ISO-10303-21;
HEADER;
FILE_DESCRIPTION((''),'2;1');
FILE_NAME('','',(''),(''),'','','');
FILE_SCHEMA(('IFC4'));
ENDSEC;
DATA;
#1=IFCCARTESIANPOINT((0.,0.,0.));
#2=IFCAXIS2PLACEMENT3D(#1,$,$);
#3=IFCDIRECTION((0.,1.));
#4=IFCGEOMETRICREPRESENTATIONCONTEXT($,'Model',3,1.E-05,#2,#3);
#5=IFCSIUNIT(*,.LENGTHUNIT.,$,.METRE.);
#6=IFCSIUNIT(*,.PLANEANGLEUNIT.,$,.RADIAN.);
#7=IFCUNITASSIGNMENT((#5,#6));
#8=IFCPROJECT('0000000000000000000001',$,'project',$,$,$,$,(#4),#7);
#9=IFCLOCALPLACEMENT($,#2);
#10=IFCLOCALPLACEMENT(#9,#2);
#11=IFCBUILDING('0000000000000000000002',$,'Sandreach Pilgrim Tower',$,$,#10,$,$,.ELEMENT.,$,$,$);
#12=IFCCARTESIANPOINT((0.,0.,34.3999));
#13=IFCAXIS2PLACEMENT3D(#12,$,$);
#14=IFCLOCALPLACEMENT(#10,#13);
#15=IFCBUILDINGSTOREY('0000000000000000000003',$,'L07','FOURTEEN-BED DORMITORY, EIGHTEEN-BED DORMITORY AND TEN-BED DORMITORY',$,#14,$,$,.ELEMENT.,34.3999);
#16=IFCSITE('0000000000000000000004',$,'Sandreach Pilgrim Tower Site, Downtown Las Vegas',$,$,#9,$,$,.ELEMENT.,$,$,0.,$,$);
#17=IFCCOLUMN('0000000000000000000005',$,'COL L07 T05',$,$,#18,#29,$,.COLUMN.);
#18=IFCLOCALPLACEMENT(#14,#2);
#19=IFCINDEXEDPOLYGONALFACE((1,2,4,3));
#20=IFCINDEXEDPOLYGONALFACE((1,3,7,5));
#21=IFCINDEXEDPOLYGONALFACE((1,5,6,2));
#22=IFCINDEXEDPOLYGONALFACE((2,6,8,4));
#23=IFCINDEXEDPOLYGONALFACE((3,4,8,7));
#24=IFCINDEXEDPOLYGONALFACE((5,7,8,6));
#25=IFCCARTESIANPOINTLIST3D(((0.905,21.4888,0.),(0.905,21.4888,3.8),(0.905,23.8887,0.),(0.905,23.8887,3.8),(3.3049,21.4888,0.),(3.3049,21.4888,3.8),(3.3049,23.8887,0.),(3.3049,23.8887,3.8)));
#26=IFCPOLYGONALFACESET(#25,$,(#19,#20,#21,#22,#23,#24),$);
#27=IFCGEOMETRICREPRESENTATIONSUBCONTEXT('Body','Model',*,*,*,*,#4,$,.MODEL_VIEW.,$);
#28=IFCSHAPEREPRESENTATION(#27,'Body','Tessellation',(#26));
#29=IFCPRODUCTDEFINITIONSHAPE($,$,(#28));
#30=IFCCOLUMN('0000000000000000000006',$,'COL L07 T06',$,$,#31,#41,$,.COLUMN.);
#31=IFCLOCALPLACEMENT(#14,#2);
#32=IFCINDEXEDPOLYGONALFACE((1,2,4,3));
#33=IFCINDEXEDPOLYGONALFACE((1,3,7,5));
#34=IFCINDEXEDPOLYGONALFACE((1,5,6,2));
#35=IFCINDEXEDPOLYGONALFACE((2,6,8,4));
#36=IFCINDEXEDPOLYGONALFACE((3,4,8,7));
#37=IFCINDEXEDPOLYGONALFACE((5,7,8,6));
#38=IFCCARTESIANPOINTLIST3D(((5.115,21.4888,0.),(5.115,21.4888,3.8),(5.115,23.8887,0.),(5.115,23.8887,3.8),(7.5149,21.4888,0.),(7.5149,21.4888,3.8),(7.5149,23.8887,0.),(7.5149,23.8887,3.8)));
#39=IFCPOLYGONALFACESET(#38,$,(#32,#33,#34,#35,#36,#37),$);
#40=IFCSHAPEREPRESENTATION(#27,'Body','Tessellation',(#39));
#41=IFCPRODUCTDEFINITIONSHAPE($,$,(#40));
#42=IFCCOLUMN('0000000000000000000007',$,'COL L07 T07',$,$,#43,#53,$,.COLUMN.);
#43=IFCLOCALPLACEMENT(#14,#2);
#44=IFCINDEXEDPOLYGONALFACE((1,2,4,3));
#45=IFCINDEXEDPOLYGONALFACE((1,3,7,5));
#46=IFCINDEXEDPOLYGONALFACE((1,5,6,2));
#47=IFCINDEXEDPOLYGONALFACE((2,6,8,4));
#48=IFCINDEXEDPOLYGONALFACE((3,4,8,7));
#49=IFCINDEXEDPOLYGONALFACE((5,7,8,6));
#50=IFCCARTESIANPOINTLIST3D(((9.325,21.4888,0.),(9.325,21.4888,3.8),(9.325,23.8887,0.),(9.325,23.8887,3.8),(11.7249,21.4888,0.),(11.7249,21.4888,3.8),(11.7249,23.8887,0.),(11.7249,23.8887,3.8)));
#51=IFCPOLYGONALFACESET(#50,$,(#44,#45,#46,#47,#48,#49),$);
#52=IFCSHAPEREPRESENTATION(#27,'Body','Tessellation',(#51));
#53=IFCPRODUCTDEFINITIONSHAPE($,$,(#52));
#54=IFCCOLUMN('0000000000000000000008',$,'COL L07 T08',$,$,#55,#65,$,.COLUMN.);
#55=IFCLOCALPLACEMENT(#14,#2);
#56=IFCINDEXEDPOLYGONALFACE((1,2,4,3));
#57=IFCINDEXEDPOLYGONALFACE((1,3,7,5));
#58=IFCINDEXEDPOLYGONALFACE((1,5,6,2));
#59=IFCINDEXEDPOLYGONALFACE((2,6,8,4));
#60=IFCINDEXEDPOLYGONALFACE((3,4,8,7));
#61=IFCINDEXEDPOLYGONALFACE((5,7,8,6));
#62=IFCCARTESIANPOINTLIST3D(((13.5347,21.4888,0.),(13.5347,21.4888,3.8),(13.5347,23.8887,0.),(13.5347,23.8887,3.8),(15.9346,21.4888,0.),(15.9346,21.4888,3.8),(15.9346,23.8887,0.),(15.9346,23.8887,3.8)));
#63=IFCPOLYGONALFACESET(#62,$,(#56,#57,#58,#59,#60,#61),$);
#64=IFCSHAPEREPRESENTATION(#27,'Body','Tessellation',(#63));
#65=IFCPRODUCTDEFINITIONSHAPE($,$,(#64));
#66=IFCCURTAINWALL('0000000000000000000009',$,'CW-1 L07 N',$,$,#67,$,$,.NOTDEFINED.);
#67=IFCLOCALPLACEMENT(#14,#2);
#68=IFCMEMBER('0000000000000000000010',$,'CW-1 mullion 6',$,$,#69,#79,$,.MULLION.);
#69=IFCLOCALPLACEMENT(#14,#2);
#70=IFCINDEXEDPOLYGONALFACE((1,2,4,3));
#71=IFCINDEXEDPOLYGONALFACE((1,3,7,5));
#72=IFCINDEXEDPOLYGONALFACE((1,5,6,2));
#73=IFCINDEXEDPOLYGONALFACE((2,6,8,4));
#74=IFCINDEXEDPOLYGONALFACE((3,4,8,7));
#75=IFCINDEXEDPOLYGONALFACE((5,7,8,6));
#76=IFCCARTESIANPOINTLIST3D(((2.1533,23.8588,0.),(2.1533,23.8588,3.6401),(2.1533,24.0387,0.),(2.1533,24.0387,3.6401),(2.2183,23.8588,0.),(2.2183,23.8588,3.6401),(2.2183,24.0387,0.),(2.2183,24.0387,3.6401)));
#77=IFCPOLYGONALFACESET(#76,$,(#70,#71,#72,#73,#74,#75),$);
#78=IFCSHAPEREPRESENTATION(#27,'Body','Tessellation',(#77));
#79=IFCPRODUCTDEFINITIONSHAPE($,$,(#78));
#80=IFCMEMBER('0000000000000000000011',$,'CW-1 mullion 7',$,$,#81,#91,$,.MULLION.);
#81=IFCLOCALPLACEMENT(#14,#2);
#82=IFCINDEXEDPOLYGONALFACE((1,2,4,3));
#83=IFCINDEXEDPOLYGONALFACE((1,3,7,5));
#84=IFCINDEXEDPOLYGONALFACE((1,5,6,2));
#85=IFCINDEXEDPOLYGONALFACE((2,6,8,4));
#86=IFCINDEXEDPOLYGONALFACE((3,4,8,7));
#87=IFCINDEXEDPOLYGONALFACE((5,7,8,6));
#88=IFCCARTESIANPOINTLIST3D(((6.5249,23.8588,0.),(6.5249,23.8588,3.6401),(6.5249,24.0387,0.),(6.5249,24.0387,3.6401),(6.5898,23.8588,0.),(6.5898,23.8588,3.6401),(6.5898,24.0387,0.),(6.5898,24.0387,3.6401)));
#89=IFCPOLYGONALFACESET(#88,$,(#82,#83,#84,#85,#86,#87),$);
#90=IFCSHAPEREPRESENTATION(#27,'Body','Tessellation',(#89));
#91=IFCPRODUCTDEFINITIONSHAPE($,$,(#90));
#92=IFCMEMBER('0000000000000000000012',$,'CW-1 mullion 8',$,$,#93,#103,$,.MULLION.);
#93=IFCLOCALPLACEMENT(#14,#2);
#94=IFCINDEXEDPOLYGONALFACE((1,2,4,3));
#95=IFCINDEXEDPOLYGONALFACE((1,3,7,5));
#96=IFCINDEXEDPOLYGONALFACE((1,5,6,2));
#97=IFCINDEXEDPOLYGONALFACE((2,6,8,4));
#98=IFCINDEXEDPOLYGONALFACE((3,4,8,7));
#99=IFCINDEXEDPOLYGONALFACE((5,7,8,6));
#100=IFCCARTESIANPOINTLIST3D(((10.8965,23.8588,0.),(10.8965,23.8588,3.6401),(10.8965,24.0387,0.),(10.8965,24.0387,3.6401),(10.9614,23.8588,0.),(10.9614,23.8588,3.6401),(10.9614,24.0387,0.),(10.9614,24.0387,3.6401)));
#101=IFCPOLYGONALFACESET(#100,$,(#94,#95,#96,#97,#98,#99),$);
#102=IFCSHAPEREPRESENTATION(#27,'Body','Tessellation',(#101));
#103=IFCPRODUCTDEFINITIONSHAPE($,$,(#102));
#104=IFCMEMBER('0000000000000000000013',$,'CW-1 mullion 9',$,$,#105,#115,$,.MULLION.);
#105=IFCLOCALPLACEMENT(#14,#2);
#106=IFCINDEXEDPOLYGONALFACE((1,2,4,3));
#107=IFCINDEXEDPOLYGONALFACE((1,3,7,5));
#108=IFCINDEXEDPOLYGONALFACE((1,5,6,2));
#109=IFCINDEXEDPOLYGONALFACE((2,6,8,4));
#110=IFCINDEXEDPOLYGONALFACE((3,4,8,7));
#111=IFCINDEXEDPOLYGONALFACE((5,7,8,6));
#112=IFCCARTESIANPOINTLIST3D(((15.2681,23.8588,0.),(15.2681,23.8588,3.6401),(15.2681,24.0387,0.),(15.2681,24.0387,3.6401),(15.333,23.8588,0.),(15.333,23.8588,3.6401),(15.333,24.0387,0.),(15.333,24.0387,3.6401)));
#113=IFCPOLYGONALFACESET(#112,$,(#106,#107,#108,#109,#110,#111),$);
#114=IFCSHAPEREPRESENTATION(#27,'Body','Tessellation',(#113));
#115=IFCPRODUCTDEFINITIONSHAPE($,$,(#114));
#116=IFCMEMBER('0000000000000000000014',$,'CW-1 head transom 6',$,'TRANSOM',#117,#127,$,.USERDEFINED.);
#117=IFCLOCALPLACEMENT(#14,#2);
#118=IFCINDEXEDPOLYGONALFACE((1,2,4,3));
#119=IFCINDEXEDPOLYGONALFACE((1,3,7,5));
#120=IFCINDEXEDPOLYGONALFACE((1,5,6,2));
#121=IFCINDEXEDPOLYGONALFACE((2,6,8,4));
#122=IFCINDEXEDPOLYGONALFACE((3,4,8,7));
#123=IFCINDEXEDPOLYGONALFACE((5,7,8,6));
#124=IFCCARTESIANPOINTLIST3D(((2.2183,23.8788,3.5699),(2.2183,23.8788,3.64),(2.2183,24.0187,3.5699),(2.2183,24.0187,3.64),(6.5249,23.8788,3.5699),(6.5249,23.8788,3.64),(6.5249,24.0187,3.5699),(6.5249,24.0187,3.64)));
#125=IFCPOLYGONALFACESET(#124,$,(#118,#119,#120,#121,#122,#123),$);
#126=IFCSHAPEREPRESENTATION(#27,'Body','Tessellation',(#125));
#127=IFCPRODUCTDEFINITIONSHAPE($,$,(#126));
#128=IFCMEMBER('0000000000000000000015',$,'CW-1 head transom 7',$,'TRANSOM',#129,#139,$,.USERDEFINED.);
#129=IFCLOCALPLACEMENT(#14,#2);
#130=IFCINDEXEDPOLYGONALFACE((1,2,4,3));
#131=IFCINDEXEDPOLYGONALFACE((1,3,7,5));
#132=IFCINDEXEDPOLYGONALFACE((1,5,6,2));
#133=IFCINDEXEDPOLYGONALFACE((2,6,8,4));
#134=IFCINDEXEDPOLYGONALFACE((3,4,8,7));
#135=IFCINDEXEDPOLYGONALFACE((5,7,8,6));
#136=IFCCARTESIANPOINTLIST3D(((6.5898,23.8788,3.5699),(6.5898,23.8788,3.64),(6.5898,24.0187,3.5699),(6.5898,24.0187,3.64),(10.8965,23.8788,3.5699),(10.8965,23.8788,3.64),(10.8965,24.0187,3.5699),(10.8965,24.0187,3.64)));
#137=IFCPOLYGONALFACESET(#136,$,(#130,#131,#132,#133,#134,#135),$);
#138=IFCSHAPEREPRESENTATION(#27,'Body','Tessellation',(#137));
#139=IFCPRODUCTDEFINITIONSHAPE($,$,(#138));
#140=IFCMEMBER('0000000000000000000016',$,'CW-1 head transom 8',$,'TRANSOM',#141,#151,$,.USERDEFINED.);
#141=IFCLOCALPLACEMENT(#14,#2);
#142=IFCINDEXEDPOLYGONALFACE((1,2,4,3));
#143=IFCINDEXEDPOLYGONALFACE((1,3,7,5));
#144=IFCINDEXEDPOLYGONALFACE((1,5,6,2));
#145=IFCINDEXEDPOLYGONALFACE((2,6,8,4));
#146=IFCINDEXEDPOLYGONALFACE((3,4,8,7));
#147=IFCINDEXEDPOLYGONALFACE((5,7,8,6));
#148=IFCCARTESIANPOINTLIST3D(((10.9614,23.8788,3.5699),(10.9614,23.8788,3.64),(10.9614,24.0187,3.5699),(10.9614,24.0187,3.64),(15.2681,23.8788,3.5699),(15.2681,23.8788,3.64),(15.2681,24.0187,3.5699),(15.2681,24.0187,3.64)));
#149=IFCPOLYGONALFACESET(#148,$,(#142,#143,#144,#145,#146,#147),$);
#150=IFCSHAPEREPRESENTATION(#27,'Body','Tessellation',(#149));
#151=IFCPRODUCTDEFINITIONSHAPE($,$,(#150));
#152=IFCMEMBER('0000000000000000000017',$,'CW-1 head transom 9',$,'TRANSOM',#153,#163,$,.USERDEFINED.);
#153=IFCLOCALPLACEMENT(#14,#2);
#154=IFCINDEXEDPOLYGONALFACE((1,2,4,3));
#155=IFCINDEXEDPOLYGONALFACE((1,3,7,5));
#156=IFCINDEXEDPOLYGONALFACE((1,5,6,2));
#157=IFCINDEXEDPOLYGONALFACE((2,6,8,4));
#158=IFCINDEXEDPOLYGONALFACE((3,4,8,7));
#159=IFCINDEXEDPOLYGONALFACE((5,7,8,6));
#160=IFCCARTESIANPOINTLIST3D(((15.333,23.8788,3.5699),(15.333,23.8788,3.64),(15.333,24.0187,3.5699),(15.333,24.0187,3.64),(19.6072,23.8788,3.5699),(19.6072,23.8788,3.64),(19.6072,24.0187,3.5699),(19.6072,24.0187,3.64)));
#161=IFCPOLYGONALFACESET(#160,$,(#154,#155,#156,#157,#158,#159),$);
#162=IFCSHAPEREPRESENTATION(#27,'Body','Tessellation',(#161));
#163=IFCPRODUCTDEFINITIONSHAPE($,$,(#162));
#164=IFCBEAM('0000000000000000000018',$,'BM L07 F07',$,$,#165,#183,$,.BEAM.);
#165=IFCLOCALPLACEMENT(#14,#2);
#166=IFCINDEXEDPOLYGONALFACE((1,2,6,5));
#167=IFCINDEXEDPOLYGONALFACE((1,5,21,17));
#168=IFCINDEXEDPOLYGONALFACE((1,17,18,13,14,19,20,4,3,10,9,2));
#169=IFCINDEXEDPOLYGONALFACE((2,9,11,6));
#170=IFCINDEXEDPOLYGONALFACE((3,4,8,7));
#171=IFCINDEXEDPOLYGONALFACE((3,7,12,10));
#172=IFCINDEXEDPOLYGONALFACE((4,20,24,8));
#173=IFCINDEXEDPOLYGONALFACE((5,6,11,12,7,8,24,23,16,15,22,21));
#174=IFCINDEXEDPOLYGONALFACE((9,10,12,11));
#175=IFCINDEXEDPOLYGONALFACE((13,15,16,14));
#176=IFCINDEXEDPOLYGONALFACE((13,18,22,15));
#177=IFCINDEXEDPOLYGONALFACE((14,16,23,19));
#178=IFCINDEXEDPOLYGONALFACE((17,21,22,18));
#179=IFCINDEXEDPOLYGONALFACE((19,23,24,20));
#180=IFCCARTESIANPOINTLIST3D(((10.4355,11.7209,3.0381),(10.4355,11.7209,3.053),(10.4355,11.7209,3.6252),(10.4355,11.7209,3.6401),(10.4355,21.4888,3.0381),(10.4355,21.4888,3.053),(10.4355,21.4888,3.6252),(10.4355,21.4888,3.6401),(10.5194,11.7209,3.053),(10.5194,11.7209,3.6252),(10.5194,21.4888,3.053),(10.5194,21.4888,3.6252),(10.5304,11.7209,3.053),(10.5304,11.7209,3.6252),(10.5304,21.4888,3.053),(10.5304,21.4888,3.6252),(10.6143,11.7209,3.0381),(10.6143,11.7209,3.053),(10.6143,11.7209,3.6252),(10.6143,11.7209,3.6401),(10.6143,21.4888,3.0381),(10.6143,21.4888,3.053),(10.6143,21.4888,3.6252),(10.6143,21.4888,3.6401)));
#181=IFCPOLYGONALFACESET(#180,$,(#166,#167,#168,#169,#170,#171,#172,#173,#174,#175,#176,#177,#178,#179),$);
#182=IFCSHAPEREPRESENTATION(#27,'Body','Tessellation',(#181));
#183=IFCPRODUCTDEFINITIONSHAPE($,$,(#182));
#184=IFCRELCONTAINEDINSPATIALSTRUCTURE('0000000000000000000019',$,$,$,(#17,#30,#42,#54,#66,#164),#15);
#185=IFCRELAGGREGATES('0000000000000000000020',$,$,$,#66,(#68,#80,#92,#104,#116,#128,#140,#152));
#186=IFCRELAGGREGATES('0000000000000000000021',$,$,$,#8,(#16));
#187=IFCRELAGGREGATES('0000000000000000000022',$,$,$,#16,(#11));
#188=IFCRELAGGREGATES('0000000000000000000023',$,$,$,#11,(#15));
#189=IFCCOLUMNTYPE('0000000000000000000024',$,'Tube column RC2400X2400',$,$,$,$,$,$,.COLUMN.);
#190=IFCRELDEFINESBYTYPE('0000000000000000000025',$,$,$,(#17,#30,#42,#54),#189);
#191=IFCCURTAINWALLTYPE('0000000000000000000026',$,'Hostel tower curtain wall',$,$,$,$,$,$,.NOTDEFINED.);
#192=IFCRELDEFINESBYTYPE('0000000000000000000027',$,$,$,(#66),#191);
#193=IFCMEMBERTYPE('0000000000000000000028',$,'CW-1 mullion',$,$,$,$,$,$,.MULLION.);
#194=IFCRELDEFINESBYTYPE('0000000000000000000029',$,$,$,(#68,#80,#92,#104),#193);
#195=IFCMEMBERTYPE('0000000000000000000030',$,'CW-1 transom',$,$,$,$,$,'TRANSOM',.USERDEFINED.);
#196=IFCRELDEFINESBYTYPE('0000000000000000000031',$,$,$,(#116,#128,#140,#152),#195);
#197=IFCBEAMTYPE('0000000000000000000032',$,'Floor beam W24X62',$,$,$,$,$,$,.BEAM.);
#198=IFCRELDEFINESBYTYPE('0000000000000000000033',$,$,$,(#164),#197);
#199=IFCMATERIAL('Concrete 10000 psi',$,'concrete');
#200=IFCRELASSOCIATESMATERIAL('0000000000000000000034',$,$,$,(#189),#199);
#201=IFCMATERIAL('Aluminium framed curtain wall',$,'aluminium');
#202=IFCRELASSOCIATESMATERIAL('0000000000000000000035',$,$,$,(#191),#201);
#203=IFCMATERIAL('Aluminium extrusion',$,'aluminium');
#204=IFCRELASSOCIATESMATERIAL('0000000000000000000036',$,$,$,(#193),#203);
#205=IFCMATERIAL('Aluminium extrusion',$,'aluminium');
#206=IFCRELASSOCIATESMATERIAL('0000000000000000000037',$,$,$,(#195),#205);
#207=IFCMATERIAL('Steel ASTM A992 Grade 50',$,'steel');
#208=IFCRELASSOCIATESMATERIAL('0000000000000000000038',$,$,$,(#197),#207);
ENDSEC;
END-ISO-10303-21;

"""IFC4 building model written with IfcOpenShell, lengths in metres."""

from ifc_helpers import new_model, si_unit, direction, frame, origin, origin_2d, place, context, subcontext, project, spatial, rectangle, i_section, extrude, material, material_profile, profile_set, type_object, element, aggregate, save


model = new_model("IFC4")

# Units and contexts
model_context = context("Model", 3, precision=1e-05, world=origin(), true_north=direction((0.0, 1.0)))
body_context = subcontext(model_context, "Body", "Model", "MODEL_VIEW")
ifc_project = project(units=[si_unit("LENGTHUNIT", "METRE"), si_unit("PLANEANGLEUNIT", "RADIAN")], contexts=[model_context])

# Site, building, storey
site_placement = place(None, origin())
site = spatial("IfcSite", under=ifc_project, at=site_placement, Name="Sandreach Pilgrim Tower Site, Downtown Las Vegas", CompositionType="ELEMENT", RefElevation=0.0)
building_placement = place(site_placement, origin())
building = spatial("IfcBuilding", under=site, at=building_placement, Name="Sandreach Pilgrim Tower", CompositionType="ELEMENT")
storey_placement = place(building_placement, frame((0.0, 0.0, 34.3999)))
storey = spatial("IfcBuildingStorey", under=building, at=storey_placement, Name="L07", Description="FOURTEEN-BED DORMITORY, EIGHTEEN-BED DORMITORY AND TEN-BED DORMITORY", CompositionType="ELEMENT", Elevation=34.3999)

# Columns
ifc_material_1 = material(Name="Concrete 10000 psi", Category="concrete")
ifc_material_profile_1 = material_profile(ifc_material_1, rectangle(XDim=2.3999, YDim=2.3999, at=origin_2d()), Name="RC2400X2400")
ifc_profile_set_1 = profile_set([ifc_material_profile_1], Name="Concrete 10000 psi")
column_type = type_object("IfcColumnType", Name="Tube column RC2400X2400", PredefinedType="COLUMN", material=ifc_profile_set_1)
for number, where, z_axis, x_axis, name in (
    (1, (2.105, 22.6887, 0.0), (0.0, 0.0, 1.0), (0.0, 1.0, 0.0), "COL L07 T05"),
    (2, (6.3149, 22.6887, 0.0), (0.0, 0.0, 1.0), (0.0, 1.0, 0.0), "COL L07 T06"),
    (3, (10.5249, 22.6887, 0.0), (0.0, 0.0, 1.0), (0.0, 1.0, 0.0), "COL L07 T07"),
    (4, (14.7346, 22.6887, 0.0), (0.0, 0.0, 1.0), (0.0, 1.0, 0.0), "COL L07 T08"),
):
    element("IfcColumn", number, at=place(storey_placement, frame(where, z_axis=z_axis, x_axis=x_axis)), inside=storey, type_object=column_type, Name=name, PredefinedType="COLUMN", context=body_context, shape_type="SweptSolid", body=[
        extrude(rectangle(XDim=2.3999, YDim=2.3999, at=origin_2d()), origin(), (0.0, 0.0, 1.0), 3.8),
    ])

# Curtain wall, members
ifc_material_2 = material(Name="Aluminium framed curtain wall", Category="aluminium")
curtain_wall_type = type_object("IfcCurtainWallType", Name="Hostel tower curtain wall", PredefinedType="NOTDEFINED", material=ifc_material_2)
curtain_wall_placement = place(storey_placement, origin())
curtain_wall = element("IfcCurtainWall", 5, at=curtain_wall_placement, inside=storey, type_object=curtain_wall_type, Name="CW-1 L07 N", PredefinedType="NOTDEFINED")
ifc_material_3 = material(Name="Aluminium extrusion", Category="aluminium")
ifc_material_profile_2 = material_profile(ifc_material_3, rectangle(XDim=0.0649, YDim=0.1799, at=origin_2d()), Name="CW-1M 65X180")
ifc_profile_set_2 = profile_set([ifc_material_profile_2], Name="Aluminium extrusion")
member_type_1 = type_object("IfcMemberType", Name="CW-1 mullion", PredefinedType="MULLION", material=ifc_profile_set_2)
member_1_placement = place(storey_placement, frame((2.1858, 23.9487, 0.0), z_axis=(0.0, 0.0, 1.0), x_axis=(1.0, 0.0, 0.0)))
member_1 = element("IfcMember", 6, at=member_1_placement, type_object=member_type_1, Name="CW-1 mullion 6", PredefinedType="MULLION", context=body_context, shape_type="SweptSolid", body=[
    extrude(rectangle(XDim=0.0649, YDim=0.1799, at=origin_2d()), origin(), (0.0, 0.0, 1.0), 3.6401),
])
member_2_placement = place(storey_placement, frame((6.5574, 23.9487, 0.0), z_axis=(0.0, 0.0, 1.0), x_axis=(1.0, 0.0, 0.0)))
member_2 = element("IfcMember", 7, at=member_2_placement, type_object=member_type_1, Name="CW-1 mullion 7", PredefinedType="MULLION", context=body_context, shape_type="SweptSolid", body=[
    extrude(rectangle(XDim=0.0649, YDim=0.1799, at=origin_2d()), origin(), (0.0, 0.0, 1.0), 3.6401),
])
member_3_placement = place(storey_placement, frame((10.929, 23.9487, 0.0), z_axis=(0.0, 0.0, 1.0), x_axis=(1.0, 0.0, 0.0)))
member_3 = element("IfcMember", 8, at=member_3_placement, type_object=member_type_1, Name="CW-1 mullion 8", PredefinedType="MULLION", context=body_context, shape_type="SweptSolid", body=[
    extrude(rectangle(XDim=0.0649, YDim=0.1799, at=origin_2d()), origin(), (0.0, 0.0, 1.0), 3.6401),
])
member_4_placement = place(storey_placement, frame((15.3005, 23.9487, 0.0), z_axis=(0.0, 0.0, 1.0), x_axis=(1.0, 0.0, 0.0)))
member_4 = element("IfcMember", 9, at=member_4_placement, type_object=member_type_1, Name="CW-1 mullion 9", PredefinedType="MULLION", context=body_context, shape_type="SweptSolid", body=[
    extrude(rectangle(XDim=0.0649, YDim=0.1799, at=origin_2d()), origin(), (0.0, 0.0, 1.0), 3.6401),
])
ifc_material_4 = material(Name="Aluminium extrusion", Category="aluminium")
ifc_material_profile_3 = material_profile(ifc_material_4, rectangle(XDim=0.1399, YDim=0.0701, at=origin_2d()), Name="CW-1T 140X70")
ifc_profile_set_3 = profile_set([ifc_material_profile_3], Name="Aluminium extrusion")
member_type_2 = type_object("IfcMemberType", Name="CW-1 transom", ElementType="TRANSOM", PredefinedType="USERDEFINED", material=ifc_profile_set_3)
member_5_placement = place(storey_placement, frame((2.2183, 23.9487, 3.605), z_axis=(1.0, 0.0, 0.0), x_axis=(0.0, 1.0, 0.0)))
member_5 = element("IfcMember", 10, at=member_5_placement, type_object=member_type_2, Name="CW-1 head transom 6", ObjectType="TRANSOM", PredefinedType="USERDEFINED", context=body_context, shape_type="SweptSolid", body=[
    extrude(rectangle(XDim=0.1399, YDim=0.0701, at=origin_2d()), origin(), (0.0, 0.0, 1.0), 4.3066),
])
member_6_placement = place(storey_placement, frame((6.5898, 23.9487, 3.605), z_axis=(1.0, 0.0, 0.0), x_axis=(0.0, 1.0, 0.0)))
member_6 = element("IfcMember", 11, at=member_6_placement, type_object=member_type_2, Name="CW-1 head transom 7", ObjectType="TRANSOM", PredefinedType="USERDEFINED", context=body_context, shape_type="SweptSolid", body=[
    extrude(rectangle(XDim=0.1399, YDim=0.0701, at=origin_2d()), origin(), (0.0, 0.0, 1.0), 4.3066),
])
member_7_placement = place(storey_placement, frame((10.9614, 23.9487, 3.605), z_axis=(1.0, 0.0, 0.0), x_axis=(0.0, 1.0, 0.0)))
member_7 = element("IfcMember", 12, at=member_7_placement, type_object=member_type_2, Name="CW-1 head transom 8", ObjectType="TRANSOM", PredefinedType="USERDEFINED", context=body_context, shape_type="SweptSolid", body=[
    extrude(rectangle(XDim=0.1399, YDim=0.0701, at=origin_2d()), origin(), (0.0, 0.0, 1.0), 4.3066),
])
member_8_placement = place(storey_placement, frame((15.333, 23.9487, 3.605), z_axis=(1.0, 0.0, 0.0), x_axis=(0.0, 1.0, 0.0)))
member_8 = element("IfcMember", 13, at=member_8_placement, type_object=member_type_2, Name="CW-1 head transom 9", ObjectType="TRANSOM", PredefinedType="USERDEFINED", context=body_context, shape_type="SweptSolid", body=[
    extrude(rectangle(XDim=0.1399, YDim=0.0701, at=origin_2d()), origin(), (0.0, 0.0, 1.0), 4.2742),
])

# Beam
ifc_material_5 = material(Name="Steel ASTM A992 Grade 50", Category="steel")
ifc_material_profile_4 = material_profile(ifc_material_5, i_section(OverallWidth=0.1787, OverallDepth=0.6021, WebThickness=0.011, FlangeThickness=0.0149, at=origin_2d()), Name="W24X62")
ifc_profile_set_4 = profile_set([ifc_material_profile_4], Name="Steel ASTM A992 Grade 50")
beam_type_1 = type_object("IfcBeamType", Name="Floor beam W24X62", PredefinedType="BEAM", material=ifc_profile_set_4)
beam_1_placement = place(storey_placement, frame((10.5249, 21.4888, 3.3391), z_axis=(0.0, -1.0, 0.0), x_axis=(1.0, 0.0, 0.0)))
element("IfcBeam", 14, at=beam_1_placement, inside=storey, type_object=beam_type_1, Name="BM L07 F07", PredefinedType="BEAM", context=body_context, shape_type="SweptSolid", body=[
    extrude(i_section(OverallWidth=0.1787, OverallDepth=0.6021, WebThickness=0.011, FlangeThickness=0.0149, at=origin_2d()), origin(), (0.0, 0.0, 1.0), 9.7678),
])

aggregate(curtain_wall, [member_1, member_2, member_3, member_4, member_5, member_6, member_7, member_8])

save(model, "model.ifc")
